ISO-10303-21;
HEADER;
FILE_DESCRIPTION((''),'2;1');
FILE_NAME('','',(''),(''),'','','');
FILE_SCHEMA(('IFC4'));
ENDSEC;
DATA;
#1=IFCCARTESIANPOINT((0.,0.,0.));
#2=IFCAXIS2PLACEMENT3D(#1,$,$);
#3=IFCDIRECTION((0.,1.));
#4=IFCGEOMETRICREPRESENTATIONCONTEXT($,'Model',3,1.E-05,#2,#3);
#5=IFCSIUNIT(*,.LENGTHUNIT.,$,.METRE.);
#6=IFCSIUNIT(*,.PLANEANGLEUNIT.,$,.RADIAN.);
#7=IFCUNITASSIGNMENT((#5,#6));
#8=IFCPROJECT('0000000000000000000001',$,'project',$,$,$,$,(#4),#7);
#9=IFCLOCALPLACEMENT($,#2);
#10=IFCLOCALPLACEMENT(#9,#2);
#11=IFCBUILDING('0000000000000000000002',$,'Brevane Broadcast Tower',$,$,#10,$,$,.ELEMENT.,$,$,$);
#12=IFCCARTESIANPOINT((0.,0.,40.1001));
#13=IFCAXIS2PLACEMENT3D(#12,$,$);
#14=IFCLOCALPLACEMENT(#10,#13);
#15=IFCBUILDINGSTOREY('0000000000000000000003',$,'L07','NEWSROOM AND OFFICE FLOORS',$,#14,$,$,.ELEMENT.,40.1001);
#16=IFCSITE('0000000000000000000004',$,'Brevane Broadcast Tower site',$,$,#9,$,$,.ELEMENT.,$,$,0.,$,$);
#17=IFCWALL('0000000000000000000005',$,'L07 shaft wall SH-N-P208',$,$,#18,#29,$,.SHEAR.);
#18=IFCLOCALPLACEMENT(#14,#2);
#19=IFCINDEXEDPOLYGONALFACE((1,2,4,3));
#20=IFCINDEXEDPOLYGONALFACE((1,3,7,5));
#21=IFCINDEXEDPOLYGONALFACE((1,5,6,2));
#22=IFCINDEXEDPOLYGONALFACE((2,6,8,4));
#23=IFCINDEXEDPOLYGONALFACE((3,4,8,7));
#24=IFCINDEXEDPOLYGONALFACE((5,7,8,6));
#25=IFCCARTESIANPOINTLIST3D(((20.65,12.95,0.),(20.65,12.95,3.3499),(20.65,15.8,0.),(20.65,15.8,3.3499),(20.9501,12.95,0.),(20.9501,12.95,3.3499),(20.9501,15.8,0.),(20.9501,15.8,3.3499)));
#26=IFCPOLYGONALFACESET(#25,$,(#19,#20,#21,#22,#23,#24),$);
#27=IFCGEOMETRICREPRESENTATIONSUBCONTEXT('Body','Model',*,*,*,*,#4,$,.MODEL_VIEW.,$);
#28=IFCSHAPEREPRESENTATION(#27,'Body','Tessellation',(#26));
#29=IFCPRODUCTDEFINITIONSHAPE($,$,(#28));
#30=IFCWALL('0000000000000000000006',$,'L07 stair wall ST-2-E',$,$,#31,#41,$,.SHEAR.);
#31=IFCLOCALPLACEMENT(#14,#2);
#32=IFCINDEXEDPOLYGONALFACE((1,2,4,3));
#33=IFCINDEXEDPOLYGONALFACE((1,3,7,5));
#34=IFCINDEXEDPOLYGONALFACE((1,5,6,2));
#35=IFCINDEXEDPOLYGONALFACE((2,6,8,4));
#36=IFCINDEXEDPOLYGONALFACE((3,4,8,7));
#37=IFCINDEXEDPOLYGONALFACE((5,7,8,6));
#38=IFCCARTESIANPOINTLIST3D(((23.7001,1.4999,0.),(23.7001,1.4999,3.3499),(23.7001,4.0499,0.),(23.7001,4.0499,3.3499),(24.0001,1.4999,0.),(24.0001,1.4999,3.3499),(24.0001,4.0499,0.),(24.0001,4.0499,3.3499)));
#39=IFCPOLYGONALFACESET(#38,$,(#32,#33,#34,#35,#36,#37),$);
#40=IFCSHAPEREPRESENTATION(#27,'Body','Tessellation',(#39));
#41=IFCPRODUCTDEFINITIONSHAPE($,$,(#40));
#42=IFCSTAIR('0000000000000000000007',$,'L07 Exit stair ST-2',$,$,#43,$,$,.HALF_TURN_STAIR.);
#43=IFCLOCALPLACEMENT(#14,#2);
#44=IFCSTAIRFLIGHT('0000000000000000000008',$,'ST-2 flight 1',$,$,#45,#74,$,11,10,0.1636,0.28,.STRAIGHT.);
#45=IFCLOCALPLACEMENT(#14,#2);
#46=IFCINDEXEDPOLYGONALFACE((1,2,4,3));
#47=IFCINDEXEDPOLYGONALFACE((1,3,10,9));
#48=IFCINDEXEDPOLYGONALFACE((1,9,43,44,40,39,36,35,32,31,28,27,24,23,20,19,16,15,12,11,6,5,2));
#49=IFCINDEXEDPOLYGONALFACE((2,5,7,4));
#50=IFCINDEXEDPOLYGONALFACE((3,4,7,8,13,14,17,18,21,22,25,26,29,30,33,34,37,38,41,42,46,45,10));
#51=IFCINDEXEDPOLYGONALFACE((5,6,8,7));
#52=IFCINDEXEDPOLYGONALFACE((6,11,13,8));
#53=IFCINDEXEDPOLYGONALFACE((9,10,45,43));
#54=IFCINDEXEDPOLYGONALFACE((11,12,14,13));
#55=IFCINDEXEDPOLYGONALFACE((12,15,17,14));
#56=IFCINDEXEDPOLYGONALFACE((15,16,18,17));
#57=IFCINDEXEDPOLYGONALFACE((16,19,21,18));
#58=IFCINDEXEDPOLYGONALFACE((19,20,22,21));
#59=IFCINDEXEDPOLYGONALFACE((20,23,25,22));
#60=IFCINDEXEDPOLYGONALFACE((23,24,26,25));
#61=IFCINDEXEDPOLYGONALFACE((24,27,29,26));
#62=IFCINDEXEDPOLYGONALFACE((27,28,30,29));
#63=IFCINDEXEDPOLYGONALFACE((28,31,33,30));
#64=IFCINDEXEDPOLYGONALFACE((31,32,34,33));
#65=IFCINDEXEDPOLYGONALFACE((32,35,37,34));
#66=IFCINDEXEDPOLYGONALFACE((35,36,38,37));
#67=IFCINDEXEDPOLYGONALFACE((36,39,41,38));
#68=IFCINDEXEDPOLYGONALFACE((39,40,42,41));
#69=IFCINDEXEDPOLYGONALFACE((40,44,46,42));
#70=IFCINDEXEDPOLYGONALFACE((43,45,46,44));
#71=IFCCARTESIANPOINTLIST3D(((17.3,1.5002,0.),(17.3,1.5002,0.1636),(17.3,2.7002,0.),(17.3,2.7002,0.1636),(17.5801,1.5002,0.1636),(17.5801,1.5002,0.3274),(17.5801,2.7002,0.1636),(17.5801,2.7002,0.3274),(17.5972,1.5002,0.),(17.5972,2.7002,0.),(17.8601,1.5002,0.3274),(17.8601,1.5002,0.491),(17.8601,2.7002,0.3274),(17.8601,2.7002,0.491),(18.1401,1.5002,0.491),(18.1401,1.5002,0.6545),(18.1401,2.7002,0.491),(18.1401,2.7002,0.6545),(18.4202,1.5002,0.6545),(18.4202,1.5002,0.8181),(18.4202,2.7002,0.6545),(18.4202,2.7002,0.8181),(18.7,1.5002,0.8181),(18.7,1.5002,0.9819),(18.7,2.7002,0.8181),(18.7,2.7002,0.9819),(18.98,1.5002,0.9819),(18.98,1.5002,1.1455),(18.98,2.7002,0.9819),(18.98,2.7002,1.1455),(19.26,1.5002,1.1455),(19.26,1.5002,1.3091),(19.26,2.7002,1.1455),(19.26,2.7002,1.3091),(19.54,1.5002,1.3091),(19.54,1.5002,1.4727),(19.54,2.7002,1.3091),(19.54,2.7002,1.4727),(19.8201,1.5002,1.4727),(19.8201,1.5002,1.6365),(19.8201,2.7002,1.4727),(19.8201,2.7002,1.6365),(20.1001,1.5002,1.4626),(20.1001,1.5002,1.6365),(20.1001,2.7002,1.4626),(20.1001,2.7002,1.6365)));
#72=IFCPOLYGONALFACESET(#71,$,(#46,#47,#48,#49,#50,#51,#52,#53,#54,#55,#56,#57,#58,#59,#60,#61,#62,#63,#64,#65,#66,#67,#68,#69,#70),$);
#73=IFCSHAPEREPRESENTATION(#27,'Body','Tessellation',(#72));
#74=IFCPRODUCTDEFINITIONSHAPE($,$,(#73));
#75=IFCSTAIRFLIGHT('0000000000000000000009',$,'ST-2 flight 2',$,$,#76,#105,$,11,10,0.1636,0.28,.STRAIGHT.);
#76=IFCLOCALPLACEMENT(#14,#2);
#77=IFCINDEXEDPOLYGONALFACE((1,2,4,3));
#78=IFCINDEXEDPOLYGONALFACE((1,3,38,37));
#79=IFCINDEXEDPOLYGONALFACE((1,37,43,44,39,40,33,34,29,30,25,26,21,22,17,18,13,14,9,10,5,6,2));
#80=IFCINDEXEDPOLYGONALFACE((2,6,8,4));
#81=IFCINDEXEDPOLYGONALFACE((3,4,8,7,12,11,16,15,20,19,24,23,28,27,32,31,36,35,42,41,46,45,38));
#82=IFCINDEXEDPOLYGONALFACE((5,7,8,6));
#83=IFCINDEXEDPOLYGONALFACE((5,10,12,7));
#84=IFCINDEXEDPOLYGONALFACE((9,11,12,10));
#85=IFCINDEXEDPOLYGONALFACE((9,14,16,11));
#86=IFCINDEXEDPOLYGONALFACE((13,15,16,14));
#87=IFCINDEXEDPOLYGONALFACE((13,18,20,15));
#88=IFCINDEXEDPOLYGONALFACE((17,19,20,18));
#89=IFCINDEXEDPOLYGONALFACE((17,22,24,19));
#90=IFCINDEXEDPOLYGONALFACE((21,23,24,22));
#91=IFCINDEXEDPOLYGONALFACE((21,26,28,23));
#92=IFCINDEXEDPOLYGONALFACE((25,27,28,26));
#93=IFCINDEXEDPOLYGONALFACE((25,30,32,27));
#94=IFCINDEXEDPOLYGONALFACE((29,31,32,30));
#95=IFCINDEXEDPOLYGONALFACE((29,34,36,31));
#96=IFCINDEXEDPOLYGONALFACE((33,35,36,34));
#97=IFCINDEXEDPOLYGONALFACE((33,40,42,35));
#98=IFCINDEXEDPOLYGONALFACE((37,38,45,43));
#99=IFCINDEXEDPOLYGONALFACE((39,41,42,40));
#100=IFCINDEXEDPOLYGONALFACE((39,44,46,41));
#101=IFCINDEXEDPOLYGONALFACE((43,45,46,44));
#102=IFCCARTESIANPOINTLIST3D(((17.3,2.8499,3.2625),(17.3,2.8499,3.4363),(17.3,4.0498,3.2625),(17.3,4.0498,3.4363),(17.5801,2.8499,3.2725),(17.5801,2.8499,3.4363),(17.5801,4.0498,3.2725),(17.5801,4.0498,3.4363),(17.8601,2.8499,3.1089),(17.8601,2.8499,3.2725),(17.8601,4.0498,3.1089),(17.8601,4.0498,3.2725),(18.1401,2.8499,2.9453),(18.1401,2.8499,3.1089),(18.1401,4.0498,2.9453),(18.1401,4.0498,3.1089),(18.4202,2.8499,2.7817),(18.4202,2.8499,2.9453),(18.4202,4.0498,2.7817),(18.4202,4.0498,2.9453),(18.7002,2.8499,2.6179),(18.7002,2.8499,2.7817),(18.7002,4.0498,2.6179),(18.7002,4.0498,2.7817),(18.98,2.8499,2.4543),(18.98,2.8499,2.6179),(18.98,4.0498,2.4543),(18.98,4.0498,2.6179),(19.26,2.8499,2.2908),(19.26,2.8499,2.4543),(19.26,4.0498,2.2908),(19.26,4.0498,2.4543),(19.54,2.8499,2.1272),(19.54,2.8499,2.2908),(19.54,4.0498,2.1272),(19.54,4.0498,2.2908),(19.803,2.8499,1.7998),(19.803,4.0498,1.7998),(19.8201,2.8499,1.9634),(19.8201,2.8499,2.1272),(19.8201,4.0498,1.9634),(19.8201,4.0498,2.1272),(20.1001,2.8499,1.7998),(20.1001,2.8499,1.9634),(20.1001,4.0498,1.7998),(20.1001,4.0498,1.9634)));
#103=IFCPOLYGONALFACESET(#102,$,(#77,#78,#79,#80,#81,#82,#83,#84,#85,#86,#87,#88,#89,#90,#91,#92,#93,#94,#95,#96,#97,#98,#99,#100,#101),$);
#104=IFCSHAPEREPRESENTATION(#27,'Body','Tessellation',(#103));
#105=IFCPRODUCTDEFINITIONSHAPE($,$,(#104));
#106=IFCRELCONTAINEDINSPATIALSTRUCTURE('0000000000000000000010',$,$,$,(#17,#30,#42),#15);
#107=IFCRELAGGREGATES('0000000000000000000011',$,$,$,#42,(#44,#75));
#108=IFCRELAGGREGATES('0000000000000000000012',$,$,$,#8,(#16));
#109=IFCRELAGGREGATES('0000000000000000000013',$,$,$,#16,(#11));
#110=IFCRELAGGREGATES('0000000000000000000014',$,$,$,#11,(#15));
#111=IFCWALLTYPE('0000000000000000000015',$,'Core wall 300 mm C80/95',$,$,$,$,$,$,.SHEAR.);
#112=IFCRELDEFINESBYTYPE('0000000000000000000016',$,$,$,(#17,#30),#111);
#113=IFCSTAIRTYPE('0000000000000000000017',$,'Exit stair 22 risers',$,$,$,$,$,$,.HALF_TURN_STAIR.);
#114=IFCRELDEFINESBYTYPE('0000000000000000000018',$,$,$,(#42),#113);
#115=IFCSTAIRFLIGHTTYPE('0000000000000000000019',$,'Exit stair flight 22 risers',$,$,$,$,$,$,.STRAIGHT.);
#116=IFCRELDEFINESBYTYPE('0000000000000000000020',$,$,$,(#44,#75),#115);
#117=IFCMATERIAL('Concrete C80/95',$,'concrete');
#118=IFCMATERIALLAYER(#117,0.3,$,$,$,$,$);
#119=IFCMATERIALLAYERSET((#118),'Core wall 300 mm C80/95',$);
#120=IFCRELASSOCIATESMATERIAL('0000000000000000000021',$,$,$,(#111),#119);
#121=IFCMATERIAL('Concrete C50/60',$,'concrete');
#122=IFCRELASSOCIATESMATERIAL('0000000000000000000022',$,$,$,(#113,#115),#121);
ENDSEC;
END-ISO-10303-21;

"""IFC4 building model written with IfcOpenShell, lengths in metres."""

from ifc_helpers import new_model, si_unit, direction, frame, frame_2d, origin, place, context, subcontext, project, spatial, polyline, rectangle, outline, extrude, material, layer, layer_set, type_object, element, aggregate, save


model = new_model("IFC4")

# Units and contexts
model_context = context("Model", 3, precision=1e-05, world=origin(), true_north=direction((0.0, 1.0)))
body_context = subcontext(model_context, "Body", "Model", "MODEL_VIEW")
ifc_project = project(units=[si_unit("LENGTHUNIT", "METRE"), si_unit("PLANEANGLEUNIT", "RADIAN")], contexts=[model_context])

# Site, building, storey
site_placement = place(None, origin())
site = spatial("IfcSite", under=ifc_project, at=site_placement, Name="Brevane Broadcast Tower site", CompositionType="ELEMENT", RefElevation=0.0)
building_placement = place(site_placement, origin())
building = spatial("IfcBuilding", under=site, at=building_placement, Name="Brevane Broadcast Tower", CompositionType="ELEMENT")
storey_placement = place(building_placement, frame((0.0, 0.0, 40.1001)))
storey = spatial("IfcBuildingStorey", under=building, at=storey_placement, Name="L07", Description="NEWSROOM AND OFFICE FLOORS", CompositionType="ELEMENT", Elevation=40.1001)

# Walls
ifc_material_1 = material(Name="Concrete C80/95", Category="concrete")
ifc_layer_1 = layer(ifc_material_1, 0.3)
ifc_layer_set_1 = layer_set([ifc_layer_1], Name="Core wall 300 mm C80/95")
wall_type_1 = type_object("IfcWallType", Name="Core wall 300 mm C80/95", PredefinedType="SHEAR", material=ifc_layer_set_1)
for number, where, z_axis, x_axis, name in (
    (1, (20.8, 12.95, 0.0), (0.0, 0.0, 1.0), (0.0, 1.0, 0.0), "L07 shaft wall SH-N-P208"),
):
    element("IfcWall", number, at=place(storey_placement, frame(where, z_axis=z_axis, x_axis=x_axis)), inside=storey, type_object=wall_type_1, Name=name, PredefinedType="SHEAR", context=body_context, shape_type="SweptSolid", body=[
        extrude(rectangle(XDim=2.8501, YDim=0.3, at=frame_2d((1.425, 0.0))), origin(), (0.0, 0.0, 1.0), 3.3499),
    ])
wall_1_placement = place(storey_placement, frame((23.8501, 1.5, 0.0), z_axis=(0.0, 0.0, 1.0), x_axis=(0.0, 1.0, 0.0)))
element("IfcWall", 2, at=wall_1_placement, inside=storey, type_object=wall_type_1, Name="L07 stair wall ST-2-E", PredefinedType="SHEAR", context=body_context, shape_type="SweptSolid", body=[
    extrude(rectangle(XDim=2.55, YDim=0.3, at=frame_2d((1.2749, 0.0))), origin(), (0.0, 0.0, 1.0), 3.3499),
])

# Stair, stair flights
ifc_material_2 = material(Name="Concrete C50/60", Category="concrete")
stair_type = type_object("IfcStairType", Name="Exit stair 22 risers", PredefinedType="HALF_TURN_STAIR", material=ifc_material_2)
stair_placement = place(storey_placement, origin())
stair = element("IfcStair", 3, at=stair_placement, inside=storey, type_object=stair_type, Name="L07 Exit stair ST-2", PredefinedType="HALF_TURN_STAIR")
stair_flight_type = type_object("IfcStairFlightType", Name="Exit stair flight 22 risers", PredefinedType="STRAIGHT", material=ifc_material_2)
stair_flight_1_placement = place(storey_placement, frame((17.3, 2.1001, 0.0), z_axis=(0.0, 0.0, 1.0), x_axis=(1.0, 0.0, 0.0)))
stair_flight_1 = element("IfcStairFlight", 4, at=stair_flight_1_placement, type_object=stair_flight_type, Name="ST-2 flight 1", NumberOfRisers=11, NumberOfTreads=10, PredefinedType="STRAIGHT", RiserHeight=0.1636, TreadLength=0.28, context=body_context, shape_type="SweptSolid", body=[
    extrude(outline(polyline([(0.0, 0.0), (0.0, 0.1636), (0.28, 0.1636), (0.28, 0.3274), (0.5601, 0.3274), (0.5601, 0.491), (0.8401, 0.491), (0.8401, 0.6545), (1.1201, 0.6545), (1.1201, 0.8181), (1.3999, 0.8181), (1.3999, 0.9819), (1.6799, 0.9819), (1.6799, 1.1455), (1.96, 1.1455), (1.96, 1.3091), (2.24, 1.3091), (2.24, 1.4727), (2.52, 1.4727), (2.52, 1.6365), (2.8, 1.6365), (2.8, 1.8), (2.8, 1.4626), (0.2971, 0.0), (0.0, 0.0)])), frame((0.0, 0.6001, 0.0), z_axis=(0.0, -1.0, 0.0), x_axis=(1.0, 0.0, 0.0)), (0.0, 0.0, 1.0), 1.2),
])
stair_flight_2_placement = place(storey_placement, frame((20.1001, 3.45, 1.7998), z_axis=(0.0, 0.0, 1.0), x_axis=(-1.0, 0.0, 0.0)))
stair_flight_2 = element("IfcStairFlight", 5, at=stair_flight_2_placement, type_object=stair_flight_type, Name="ST-2 flight 2", NumberOfRisers=11, NumberOfTreads=10, PredefinedType="STRAIGHT", RiserHeight=0.1636, TreadLength=0.28, context=body_context, shape_type="SweptSolid", body=[
    extrude(outline(polyline([(0.0, 0.0), (0.0, 0.1636), (0.28, 0.1636), (0.28, 0.3274), (0.5601, 0.3274), (0.5601, 0.491), (0.8401, 0.491), (0.8401, 0.6545), (1.1201, 0.6545), (1.1201, 0.8181), (1.3999, 0.8181), (1.3999, 0.9819), (1.6799, 0.9819), (1.6799, 1.1455), (1.96, 1.1455), (1.96, 1.3091), (2.24, 1.3091), (2.24, 1.4727), (2.52, 1.4727), (2.52, 1.6365), (2.8, 1.6365), (2.8, 1.8), (2.8, 1.4626), (0.2971, 0.0), (0.0, 0.0)])), frame((0.0, 0.6001, 0.0), z_axis=(0.0, -1.0, 0.0), x_axis=(1.0, 0.0, 0.0)), (0.0, 0.0, 1.0), 1.2),
])
aggregate(stair, [stair_flight_1, stair_flight_2])

save(model, "model.ifc")
